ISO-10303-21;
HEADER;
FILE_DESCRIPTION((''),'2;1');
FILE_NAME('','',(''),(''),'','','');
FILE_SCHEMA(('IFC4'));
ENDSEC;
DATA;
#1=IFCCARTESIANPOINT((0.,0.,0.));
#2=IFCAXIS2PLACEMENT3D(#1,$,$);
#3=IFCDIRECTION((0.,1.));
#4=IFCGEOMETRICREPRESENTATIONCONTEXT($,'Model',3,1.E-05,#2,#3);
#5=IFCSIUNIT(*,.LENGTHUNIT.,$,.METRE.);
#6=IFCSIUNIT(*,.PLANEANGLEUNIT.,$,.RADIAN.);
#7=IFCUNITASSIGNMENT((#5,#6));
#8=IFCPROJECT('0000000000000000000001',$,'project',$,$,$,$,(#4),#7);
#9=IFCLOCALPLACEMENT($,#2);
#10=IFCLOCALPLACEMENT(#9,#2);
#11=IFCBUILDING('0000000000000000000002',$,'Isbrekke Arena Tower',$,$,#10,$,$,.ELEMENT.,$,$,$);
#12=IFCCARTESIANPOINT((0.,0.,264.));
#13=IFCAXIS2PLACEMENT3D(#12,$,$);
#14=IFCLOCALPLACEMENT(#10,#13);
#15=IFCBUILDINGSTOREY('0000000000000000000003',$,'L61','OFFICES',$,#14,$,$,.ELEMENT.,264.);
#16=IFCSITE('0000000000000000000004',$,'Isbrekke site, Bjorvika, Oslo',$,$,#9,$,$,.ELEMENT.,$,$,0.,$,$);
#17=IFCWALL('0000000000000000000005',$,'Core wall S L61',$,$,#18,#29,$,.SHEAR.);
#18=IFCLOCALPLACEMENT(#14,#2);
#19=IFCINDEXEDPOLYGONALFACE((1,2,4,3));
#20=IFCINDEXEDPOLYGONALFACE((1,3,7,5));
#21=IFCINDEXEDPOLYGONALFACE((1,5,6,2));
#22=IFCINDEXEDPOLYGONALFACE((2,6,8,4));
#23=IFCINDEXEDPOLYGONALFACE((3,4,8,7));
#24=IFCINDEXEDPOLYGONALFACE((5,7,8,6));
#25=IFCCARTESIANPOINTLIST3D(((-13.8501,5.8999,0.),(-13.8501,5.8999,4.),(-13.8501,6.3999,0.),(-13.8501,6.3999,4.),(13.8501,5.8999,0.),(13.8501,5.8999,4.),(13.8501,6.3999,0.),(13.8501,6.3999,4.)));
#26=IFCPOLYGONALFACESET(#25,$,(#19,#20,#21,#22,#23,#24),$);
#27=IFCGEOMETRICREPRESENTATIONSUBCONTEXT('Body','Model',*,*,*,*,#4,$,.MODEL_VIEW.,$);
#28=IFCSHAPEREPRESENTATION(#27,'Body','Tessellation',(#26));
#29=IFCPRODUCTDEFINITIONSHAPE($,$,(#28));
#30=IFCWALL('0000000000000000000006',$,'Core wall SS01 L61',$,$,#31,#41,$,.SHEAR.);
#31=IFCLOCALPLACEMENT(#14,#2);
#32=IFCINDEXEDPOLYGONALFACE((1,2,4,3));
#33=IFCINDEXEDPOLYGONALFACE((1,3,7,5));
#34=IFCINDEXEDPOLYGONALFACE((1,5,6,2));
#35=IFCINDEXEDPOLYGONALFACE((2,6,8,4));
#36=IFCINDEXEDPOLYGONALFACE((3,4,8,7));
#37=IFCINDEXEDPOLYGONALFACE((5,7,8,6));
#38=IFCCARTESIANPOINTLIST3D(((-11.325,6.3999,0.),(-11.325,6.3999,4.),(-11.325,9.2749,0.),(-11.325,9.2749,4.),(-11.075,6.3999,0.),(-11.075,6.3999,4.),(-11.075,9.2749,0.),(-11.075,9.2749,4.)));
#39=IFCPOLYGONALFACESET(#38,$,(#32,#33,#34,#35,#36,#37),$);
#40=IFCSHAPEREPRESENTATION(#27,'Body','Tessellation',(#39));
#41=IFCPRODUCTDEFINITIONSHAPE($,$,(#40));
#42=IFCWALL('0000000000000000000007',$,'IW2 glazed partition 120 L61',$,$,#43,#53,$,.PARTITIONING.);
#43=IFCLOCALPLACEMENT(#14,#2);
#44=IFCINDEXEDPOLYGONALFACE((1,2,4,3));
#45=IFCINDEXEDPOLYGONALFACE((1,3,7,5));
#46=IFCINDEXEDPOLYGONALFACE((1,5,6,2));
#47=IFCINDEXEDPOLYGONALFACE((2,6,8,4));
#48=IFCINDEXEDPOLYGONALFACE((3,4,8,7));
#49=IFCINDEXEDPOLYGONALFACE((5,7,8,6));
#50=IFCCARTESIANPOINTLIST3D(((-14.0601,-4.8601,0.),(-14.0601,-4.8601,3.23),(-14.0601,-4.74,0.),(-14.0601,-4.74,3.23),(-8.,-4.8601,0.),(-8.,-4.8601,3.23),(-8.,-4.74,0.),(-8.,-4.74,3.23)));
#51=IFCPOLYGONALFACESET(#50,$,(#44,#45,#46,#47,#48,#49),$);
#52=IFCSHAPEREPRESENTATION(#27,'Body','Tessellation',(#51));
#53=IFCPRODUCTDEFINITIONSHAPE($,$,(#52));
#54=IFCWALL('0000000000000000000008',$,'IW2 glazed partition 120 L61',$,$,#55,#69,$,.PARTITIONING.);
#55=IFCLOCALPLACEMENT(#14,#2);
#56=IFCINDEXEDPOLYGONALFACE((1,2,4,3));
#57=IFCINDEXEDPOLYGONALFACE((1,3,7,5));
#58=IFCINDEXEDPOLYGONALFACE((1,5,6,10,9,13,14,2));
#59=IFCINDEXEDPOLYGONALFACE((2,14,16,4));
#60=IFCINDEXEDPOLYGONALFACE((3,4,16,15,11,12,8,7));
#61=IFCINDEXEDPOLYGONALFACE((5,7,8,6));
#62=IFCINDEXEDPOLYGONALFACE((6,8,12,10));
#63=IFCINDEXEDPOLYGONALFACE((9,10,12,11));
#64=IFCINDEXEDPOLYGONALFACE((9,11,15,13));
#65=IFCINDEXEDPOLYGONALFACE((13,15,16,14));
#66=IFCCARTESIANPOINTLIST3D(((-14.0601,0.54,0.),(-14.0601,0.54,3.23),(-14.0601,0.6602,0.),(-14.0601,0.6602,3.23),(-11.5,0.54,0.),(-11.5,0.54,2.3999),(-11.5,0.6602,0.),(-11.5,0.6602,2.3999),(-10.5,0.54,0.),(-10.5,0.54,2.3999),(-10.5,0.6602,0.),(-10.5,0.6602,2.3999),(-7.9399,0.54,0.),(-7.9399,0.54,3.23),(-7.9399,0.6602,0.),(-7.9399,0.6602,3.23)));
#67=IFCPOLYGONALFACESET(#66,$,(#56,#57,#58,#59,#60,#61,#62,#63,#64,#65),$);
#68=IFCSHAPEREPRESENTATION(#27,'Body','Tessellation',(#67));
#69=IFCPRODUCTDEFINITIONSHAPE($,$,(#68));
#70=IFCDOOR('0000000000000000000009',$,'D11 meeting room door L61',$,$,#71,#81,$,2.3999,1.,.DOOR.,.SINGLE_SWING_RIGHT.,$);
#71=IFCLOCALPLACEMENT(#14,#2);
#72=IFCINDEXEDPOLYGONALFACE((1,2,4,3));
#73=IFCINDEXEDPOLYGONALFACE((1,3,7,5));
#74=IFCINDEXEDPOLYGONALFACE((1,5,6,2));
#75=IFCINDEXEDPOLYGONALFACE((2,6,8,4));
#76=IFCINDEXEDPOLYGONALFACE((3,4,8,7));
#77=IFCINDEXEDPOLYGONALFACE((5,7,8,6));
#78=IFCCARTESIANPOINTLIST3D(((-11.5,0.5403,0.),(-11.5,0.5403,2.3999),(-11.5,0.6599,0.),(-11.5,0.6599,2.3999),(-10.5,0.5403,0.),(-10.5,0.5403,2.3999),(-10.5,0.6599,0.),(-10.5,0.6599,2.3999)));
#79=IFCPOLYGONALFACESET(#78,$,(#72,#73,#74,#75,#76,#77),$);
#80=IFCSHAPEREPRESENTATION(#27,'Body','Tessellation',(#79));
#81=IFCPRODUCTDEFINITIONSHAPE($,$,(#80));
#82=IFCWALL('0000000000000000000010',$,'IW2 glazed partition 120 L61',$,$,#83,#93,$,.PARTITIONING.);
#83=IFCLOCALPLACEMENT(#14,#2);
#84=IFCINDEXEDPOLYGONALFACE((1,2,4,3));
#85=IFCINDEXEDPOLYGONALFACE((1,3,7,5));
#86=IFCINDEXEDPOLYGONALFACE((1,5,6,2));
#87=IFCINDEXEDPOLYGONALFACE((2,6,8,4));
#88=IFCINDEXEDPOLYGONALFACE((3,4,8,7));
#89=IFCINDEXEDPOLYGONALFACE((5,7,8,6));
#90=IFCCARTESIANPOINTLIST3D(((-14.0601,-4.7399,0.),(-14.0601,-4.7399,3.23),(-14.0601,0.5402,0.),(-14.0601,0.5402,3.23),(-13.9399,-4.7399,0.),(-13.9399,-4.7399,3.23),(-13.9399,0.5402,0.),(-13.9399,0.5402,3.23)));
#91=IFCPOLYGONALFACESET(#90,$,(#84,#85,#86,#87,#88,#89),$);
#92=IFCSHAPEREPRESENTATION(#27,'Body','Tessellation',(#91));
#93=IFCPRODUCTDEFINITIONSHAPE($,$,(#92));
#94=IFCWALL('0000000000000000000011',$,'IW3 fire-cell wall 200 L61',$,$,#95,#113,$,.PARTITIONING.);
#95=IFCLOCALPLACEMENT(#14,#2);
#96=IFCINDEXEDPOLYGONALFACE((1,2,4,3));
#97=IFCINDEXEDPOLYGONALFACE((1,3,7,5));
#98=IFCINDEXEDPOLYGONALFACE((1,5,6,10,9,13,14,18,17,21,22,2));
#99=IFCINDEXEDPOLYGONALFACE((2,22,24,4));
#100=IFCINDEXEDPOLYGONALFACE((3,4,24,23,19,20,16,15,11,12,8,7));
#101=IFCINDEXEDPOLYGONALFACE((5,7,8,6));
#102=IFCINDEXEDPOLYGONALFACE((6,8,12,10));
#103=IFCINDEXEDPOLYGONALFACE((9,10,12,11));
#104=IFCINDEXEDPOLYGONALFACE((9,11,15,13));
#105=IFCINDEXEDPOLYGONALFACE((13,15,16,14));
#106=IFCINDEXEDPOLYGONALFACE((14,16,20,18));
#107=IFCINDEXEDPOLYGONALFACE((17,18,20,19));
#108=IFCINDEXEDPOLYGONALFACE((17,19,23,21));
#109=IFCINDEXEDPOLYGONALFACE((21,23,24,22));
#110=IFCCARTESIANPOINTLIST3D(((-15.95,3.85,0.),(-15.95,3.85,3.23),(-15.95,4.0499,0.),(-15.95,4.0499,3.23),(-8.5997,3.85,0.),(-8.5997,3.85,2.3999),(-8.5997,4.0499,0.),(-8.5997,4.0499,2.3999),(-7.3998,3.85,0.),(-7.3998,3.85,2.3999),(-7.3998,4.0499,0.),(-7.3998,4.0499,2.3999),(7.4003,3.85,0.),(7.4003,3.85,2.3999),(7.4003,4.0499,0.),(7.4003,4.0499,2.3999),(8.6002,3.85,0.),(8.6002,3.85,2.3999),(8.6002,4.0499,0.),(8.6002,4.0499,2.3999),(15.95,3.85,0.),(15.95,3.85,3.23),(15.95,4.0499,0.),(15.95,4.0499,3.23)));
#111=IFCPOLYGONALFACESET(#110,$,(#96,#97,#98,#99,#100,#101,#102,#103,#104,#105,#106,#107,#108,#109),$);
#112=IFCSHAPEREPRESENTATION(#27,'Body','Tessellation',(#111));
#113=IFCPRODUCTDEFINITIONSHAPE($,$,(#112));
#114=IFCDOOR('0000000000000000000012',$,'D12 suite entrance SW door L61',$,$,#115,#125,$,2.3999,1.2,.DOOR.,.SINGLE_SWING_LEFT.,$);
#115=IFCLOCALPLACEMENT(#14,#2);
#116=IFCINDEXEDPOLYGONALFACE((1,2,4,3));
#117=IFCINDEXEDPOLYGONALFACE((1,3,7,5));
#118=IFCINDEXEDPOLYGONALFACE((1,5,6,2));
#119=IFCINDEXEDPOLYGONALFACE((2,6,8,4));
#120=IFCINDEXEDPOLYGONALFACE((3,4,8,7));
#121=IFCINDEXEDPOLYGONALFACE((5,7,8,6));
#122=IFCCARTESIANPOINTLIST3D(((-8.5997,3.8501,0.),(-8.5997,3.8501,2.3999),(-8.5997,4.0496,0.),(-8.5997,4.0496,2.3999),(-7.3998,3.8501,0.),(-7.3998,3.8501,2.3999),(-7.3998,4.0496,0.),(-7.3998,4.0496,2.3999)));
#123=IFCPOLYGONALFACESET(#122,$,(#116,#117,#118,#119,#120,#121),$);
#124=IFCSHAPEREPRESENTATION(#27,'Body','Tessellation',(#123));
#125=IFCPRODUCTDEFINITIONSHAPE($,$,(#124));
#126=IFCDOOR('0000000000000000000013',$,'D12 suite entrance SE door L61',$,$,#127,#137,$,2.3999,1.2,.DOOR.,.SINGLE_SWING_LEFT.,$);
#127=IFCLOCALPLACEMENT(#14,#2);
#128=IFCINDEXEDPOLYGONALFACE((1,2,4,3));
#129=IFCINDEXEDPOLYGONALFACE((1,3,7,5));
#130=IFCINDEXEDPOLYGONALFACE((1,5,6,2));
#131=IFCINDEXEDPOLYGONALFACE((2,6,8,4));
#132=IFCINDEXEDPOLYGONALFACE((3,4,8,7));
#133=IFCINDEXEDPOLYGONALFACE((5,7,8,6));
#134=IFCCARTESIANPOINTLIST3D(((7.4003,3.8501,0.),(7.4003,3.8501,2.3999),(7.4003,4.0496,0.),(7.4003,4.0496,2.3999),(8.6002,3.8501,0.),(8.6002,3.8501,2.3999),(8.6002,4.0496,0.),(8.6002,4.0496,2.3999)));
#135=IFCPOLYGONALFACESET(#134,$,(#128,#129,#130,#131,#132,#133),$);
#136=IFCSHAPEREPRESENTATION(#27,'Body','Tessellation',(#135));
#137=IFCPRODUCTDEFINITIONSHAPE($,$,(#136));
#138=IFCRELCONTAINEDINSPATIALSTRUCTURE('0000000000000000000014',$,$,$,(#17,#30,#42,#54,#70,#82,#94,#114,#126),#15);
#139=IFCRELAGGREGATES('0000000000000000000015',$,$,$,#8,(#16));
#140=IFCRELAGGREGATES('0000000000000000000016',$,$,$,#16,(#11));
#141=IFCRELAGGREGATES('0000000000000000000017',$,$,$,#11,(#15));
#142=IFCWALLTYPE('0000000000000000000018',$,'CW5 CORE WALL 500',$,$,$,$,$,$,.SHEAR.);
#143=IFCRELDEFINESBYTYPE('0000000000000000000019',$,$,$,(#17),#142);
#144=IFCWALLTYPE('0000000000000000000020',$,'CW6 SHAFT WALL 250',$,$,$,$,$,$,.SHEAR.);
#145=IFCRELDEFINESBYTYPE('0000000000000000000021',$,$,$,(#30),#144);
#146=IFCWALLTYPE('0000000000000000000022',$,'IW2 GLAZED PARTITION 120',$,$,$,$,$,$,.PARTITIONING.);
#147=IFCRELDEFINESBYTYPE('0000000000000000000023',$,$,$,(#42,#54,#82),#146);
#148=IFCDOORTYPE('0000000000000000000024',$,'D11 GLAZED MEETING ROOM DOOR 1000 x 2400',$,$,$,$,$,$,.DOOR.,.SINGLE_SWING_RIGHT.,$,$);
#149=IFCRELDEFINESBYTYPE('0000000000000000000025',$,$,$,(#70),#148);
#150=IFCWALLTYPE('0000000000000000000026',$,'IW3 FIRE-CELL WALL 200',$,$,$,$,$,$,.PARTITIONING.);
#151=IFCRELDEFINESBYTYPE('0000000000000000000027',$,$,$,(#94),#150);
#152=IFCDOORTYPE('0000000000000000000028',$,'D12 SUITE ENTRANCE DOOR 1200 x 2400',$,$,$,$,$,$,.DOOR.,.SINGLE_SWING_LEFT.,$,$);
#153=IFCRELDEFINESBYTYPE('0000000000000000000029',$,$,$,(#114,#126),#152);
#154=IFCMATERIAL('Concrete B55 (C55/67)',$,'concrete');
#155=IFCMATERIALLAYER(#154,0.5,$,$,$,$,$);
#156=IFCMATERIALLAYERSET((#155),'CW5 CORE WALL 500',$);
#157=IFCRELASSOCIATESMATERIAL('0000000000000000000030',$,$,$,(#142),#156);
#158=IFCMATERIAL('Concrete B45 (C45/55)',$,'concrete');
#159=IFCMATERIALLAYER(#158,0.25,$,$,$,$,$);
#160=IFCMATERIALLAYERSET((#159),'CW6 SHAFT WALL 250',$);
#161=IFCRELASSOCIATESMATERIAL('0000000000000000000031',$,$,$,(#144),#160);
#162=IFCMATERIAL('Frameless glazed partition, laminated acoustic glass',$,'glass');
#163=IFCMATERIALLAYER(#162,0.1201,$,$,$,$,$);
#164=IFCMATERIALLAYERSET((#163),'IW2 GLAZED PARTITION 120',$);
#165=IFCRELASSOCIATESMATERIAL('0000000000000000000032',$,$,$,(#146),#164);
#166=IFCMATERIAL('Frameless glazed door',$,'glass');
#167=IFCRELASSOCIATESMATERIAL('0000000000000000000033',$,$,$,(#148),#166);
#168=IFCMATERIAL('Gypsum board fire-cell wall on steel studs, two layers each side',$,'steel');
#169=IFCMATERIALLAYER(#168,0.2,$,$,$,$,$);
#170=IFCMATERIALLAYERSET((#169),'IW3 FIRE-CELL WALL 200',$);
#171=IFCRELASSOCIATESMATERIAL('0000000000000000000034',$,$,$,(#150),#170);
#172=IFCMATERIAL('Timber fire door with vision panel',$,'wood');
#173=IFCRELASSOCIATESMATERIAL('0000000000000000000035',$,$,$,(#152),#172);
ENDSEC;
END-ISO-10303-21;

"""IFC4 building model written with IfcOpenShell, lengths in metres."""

from ifc_helpers import new_model, si_unit, direction, frame, frame_2d, origin, place, context, subcontext, project, spatial, rectangle, extrude, material, layer, layer_set, type_object, element, fill, save


model = new_model("IFC4")

# Units and contexts
model_context = context("Model", 3, precision=1e-05, world=origin(), true_north=direction((0.0, 1.0)))
body_context = subcontext(model_context, "Body", "Model", "MODEL_VIEW")
ifc_project = project(units=[si_unit("LENGTHUNIT", "METRE"), si_unit("PLANEANGLEUNIT", "RADIAN")], contexts=[model_context])

# Site, building, storey
site_placement = place(None, origin())
site = spatial("IfcSite", under=ifc_project, at=site_placement, Name="Isbrekke site, Bjorvika, Oslo", CompositionType="ELEMENT", RefElevation=0.0)
building_placement = place(site_placement, origin())
building = spatial("IfcBuilding", under=site, at=building_placement, Name="Isbrekke Arena Tower", CompositionType="ELEMENT")
storey_placement = place(building_placement, frame((0.0, 0.0, 264.0)))
storey = spatial("IfcBuildingStorey", under=building, at=storey_placement, Name="L61", Description="OFFICES", CompositionType="ELEMENT", Elevation=264.0)

# Walls
ifc_material_1 = material(Name="Concrete B55 (C55/67)", Category="concrete")
ifc_layer_1 = layer(ifc_material_1, 0.5)
ifc_layer_set_1 = layer_set([ifc_layer_1], Name="CW5 CORE WALL 500")
wall_type_1 = type_object("IfcWallType", Name="CW5 CORE WALL 500", PredefinedType="SHEAR", material=ifc_layer_set_1)
wall_1_placement = place(storey_placement, frame((-13.8501, 6.1499, 0.0), z_axis=(0.0, 0.0, 1.0), x_axis=(1.0, 0.0, 0.0)))
element("IfcWall", 1, at=wall_1_placement, inside=storey, type_object=wall_type_1, Name="Core wall S L61", PredefinedType="SHEAR", context=body_context, shape_type="SweptSolid", body=[
    extrude(rectangle(XDim=27.7002, YDim=0.5, at=frame_2d((13.8501, 0.0))), origin(), (0.0, 0.0, 1.0), 4.0),
])
ifc_material_2 = material(Name="Concrete B45 (C45/55)", Category="concrete")
ifc_layer_2 = layer(ifc_material_2, 0.25)
ifc_layer_set_2 = layer_set([ifc_layer_2], Name="CW6 SHAFT WALL 250")
wall_type_2 = type_object("IfcWallType", Name="CW6 SHAFT WALL 250", PredefinedType="SHEAR", material=ifc_layer_set_2)
wall_2_placement = place(storey_placement, frame((-11.2, 6.3999, 0.0), z_axis=(0.0, 0.0, 1.0), x_axis=(0.0, 1.0, 0.0)))
element("IfcWall", 2, at=wall_2_placement, inside=storey, type_object=wall_type_2, Name="Core wall SS01 L61", PredefinedType="SHEAR", context=body_context, shape_type="SweptSolid", body=[
    extrude(rectangle(XDim=2.875, YDim=0.25, at=frame_2d((1.4375, 0.0))), origin(), (0.0, 0.0, 1.0), 4.0),
])
ifc_material_3 = material(Name="Frameless glazed partition, laminated acoustic glass", Category="glass")
ifc_layer_3 = layer(ifc_material_3, 0.1201)
ifc_layer_set_3 = layer_set([ifc_layer_3], Name="IW2 GLAZED PARTITION 120")
wall_type_3 = type_object("IfcWallType", Name="IW2 GLAZED PARTITION 120", PredefinedType="PARTITIONING", material=ifc_layer_set_3)
wall_3_placement = place(storey_placement, frame((-14.0601, -4.8, 0.0), z_axis=(0.0, 0.0, 1.0), x_axis=(1.0, 0.0, 0.0)))
element("IfcWall", 3, at=wall_3_placement, inside=storey, type_object=wall_type_3, Name="IW2 glazed partition 120 L61", PredefinedType="PARTITIONING", context=body_context, shape_type="SweptSolid", body=[
    extrude(rectangle(XDim=6.0601, YDim=0.1201, at=frame_2d((3.03, 0.0))), origin(), (0.0, 0.0, 1.0), 3.23),
])

# Wall, opening, door
wall_4_placement = place(storey_placement, frame((-14.0601, 0.6001, 0.0), z_axis=(0.0, 0.0, 1.0), x_axis=(1.0, 0.0, 0.0)))
wall_4 = element("IfcWall", 4, at=wall_4_placement, inside=storey, type_object=wall_type_3, Name="IW2 glazed partition 120 L61", PredefinedType="PARTITIONING", context=body_context, shape_type="SweptSolid", body=[
    extrude(rectangle(XDim=6.1201, YDim=0.1201, at=frame_2d((3.0601, 0.0))), origin(), (0.0, 0.0, 1.0), 3.23),
])
opening_1_placement = place(wall_4_placement, frame((2.5601, 0.0, 0.0)))
opening_1 = element("IfcOpeningElement", 5, at=opening_1_placement, cuts=wall_4, PredefinedType="OPENING", context=body_context, shape_type="SweptSolid", body=[
    extrude(rectangle(XDim=1.0, YDim=2.3999, at=frame_2d((0.5, 1.2))), frame((0.0, 0.075, 0.0), z_axis=(0.0, -1.0, 0.0), x_axis=(1.0, 0.0, 0.0)), (0.0, 0.0, 1.0), 0.1499),
])
ifc_material_4 = material(Name="Frameless glazed door", Category="glass")
door_type_1 = type_object("IfcDoorType", Name="D11 GLAZED MEETING ROOM DOOR 1000 x 2400", OperationType="SINGLE_SWING_RIGHT", PredefinedType="DOOR", material=ifc_material_4)
door_1_placement = place(opening_1_placement, origin())
door_1 = element("IfcDoor", 6, at=door_1_placement, inside=storey, type_object=door_type_1, Name="D11 meeting room door L61", OperationType="SINGLE_SWING_RIGHT", OverallHeight=2.3999, OverallWidth=1.0, PredefinedType="DOOR", context=body_context, shape_type="SweptSolid", body=[
    extrude(rectangle(XDim=1.0, YDim=2.3999, at=frame_2d((0.5, 1.2))), frame((0.0, 0.0598, 0.0), z_axis=(0.0, -1.0, 0.0), x_axis=(1.0, 0.0, 0.0)), (0.0, 0.0, 1.0), 0.1196),
])
fill(opening_1, door_1)

# Wall
wall_5_placement = place(storey_placement, frame((-14.0, -4.74, 0.0), z_axis=(0.0, 0.0, 1.0), x_axis=(0.0, 1.0, 0.0)))
element("IfcWall", 7, at=wall_5_placement, inside=storey, type_object=wall_type_3, Name="IW2 glazed partition 120 L61", PredefinedType="PARTITIONING", context=body_context, shape_type="SweptSolid", body=[
    extrude(rectangle(XDim=5.28, YDim=0.1201, at=frame_2d((2.6401, 0.0))), origin(), (0.0, 0.0, 1.0), 3.23),
])

# Wall, openings, doors
ifc_material_5 = material(Name="Gypsum board fire-cell wall on steel studs, two layers each side", Category="steel")
ifc_layer_4 = layer(ifc_material_5, 0.2)
ifc_layer_set_4 = layer_set([ifc_layer_4], Name="IW3 FIRE-CELL WALL 200")
wall_type_4 = type_object("IfcWallType", Name="IW3 FIRE-CELL WALL 200", PredefinedType="PARTITIONING", material=ifc_layer_set_4)
wall_6_placement = place(storey_placement, frame((-15.95, 3.95, 0.0), z_axis=(0.0, 0.0, 1.0), x_axis=(1.0, 0.0, 0.0)))
wall_6 = element("IfcWall", 8, at=wall_6_placement, inside=storey, type_object=wall_type_4, Name="IW3 fire-cell wall 200 L61", PredefinedType="PARTITIONING", context=body_context, shape_type="SweptSolid", body=[
    extrude(rectangle(XDim=31.8999, YDim=0.2, at=frame_2d((15.95, 0.0))), origin(), (0.0, 0.0, 1.0), 3.23),
])
opening_2_placement = place(wall_6_placement, frame((7.3501, 0.0, 0.0)))
opening_2 = element("IfcOpeningElement", 9, at=opening_2_placement, cuts=wall_6, PredefinedType="OPENING", context=body_context, shape_type="SweptSolid", body=[
    extrude(rectangle(XDim=1.2, YDim=2.3999, at=frame_2d((0.6001, 1.2))), frame((0.0, 0.1147, 0.0), z_axis=(0.0, -1.0, 0.0), x_axis=(1.0, 0.0, 0.0)), (0.0, 0.0, 1.0), 0.2297),
])
opening_3_placement = place(wall_6_placement, frame((23.3501, 0.0, 0.0)))
opening_3 = element("IfcOpeningElement", 10, at=opening_3_placement, cuts=wall_6, PredefinedType="OPENING", context=body_context, shape_type="SweptSolid", body=[
    extrude(rectangle(XDim=1.2, YDim=2.3999, at=frame_2d((0.6001, 1.2))), frame((0.0, 0.1147, 0.0), z_axis=(0.0, -1.0, 0.0), x_axis=(1.0, 0.0, 0.0)), (0.0, 0.0, 1.0), 0.2297),
])
ifc_material_6 = material(Name="Timber fire door with vision panel", Category="wood")
door_type_2 = type_object("IfcDoorType", Name="D12 SUITE ENTRANCE DOOR 1200 x 2400", OperationType="SINGLE_SWING_LEFT", PredefinedType="DOOR", material=ifc_material_6)
door_2_placement = place(opening_2_placement, origin())
door_2 = element("IfcDoor", 11, at=door_2_placement, inside=storey, type_object=door_type_2, Name="D12 suite entrance SW door L61", OperationType="SINGLE_SWING_LEFT", OverallHeight=2.3999, OverallWidth=1.2, PredefinedType="DOOR", context=body_context, shape_type="SweptSolid", body=[
    extrude(rectangle(XDim=1.2, YDim=2.3999, at=frame_2d((0.6001, 1.2))), frame((0.0, 0.0996, 0.0), z_axis=(0.0, -1.0, 0.0), x_axis=(1.0, 0.0, 0.0)), (0.0, 0.0, 1.0), 0.1995),
])
fill(opening_2, door_2)
door_3_placement = place(opening_3_placement, origin())
door_3 = element("IfcDoor", 12, at=door_3_placement, inside=storey, type_object=door_type_2, Name="D12 suite entrance SE door L61", OperationType="SINGLE_SWING_LEFT", OverallHeight=2.3999, OverallWidth=1.2, PredefinedType="DOOR", context=body_context, shape_type="SweptSolid", body=[
    extrude(rectangle(XDim=1.2, YDim=2.3999, at=frame_2d((0.6001, 1.2))), frame((0.0, 0.0996, 0.0), z_axis=(0.0, -1.0, 0.0), x_axis=(1.0, 0.0, 0.0)), (0.0, 0.0, 1.0), 0.1995),
])
fill(opening_3, door_3)

save(model, "model.ifc")
